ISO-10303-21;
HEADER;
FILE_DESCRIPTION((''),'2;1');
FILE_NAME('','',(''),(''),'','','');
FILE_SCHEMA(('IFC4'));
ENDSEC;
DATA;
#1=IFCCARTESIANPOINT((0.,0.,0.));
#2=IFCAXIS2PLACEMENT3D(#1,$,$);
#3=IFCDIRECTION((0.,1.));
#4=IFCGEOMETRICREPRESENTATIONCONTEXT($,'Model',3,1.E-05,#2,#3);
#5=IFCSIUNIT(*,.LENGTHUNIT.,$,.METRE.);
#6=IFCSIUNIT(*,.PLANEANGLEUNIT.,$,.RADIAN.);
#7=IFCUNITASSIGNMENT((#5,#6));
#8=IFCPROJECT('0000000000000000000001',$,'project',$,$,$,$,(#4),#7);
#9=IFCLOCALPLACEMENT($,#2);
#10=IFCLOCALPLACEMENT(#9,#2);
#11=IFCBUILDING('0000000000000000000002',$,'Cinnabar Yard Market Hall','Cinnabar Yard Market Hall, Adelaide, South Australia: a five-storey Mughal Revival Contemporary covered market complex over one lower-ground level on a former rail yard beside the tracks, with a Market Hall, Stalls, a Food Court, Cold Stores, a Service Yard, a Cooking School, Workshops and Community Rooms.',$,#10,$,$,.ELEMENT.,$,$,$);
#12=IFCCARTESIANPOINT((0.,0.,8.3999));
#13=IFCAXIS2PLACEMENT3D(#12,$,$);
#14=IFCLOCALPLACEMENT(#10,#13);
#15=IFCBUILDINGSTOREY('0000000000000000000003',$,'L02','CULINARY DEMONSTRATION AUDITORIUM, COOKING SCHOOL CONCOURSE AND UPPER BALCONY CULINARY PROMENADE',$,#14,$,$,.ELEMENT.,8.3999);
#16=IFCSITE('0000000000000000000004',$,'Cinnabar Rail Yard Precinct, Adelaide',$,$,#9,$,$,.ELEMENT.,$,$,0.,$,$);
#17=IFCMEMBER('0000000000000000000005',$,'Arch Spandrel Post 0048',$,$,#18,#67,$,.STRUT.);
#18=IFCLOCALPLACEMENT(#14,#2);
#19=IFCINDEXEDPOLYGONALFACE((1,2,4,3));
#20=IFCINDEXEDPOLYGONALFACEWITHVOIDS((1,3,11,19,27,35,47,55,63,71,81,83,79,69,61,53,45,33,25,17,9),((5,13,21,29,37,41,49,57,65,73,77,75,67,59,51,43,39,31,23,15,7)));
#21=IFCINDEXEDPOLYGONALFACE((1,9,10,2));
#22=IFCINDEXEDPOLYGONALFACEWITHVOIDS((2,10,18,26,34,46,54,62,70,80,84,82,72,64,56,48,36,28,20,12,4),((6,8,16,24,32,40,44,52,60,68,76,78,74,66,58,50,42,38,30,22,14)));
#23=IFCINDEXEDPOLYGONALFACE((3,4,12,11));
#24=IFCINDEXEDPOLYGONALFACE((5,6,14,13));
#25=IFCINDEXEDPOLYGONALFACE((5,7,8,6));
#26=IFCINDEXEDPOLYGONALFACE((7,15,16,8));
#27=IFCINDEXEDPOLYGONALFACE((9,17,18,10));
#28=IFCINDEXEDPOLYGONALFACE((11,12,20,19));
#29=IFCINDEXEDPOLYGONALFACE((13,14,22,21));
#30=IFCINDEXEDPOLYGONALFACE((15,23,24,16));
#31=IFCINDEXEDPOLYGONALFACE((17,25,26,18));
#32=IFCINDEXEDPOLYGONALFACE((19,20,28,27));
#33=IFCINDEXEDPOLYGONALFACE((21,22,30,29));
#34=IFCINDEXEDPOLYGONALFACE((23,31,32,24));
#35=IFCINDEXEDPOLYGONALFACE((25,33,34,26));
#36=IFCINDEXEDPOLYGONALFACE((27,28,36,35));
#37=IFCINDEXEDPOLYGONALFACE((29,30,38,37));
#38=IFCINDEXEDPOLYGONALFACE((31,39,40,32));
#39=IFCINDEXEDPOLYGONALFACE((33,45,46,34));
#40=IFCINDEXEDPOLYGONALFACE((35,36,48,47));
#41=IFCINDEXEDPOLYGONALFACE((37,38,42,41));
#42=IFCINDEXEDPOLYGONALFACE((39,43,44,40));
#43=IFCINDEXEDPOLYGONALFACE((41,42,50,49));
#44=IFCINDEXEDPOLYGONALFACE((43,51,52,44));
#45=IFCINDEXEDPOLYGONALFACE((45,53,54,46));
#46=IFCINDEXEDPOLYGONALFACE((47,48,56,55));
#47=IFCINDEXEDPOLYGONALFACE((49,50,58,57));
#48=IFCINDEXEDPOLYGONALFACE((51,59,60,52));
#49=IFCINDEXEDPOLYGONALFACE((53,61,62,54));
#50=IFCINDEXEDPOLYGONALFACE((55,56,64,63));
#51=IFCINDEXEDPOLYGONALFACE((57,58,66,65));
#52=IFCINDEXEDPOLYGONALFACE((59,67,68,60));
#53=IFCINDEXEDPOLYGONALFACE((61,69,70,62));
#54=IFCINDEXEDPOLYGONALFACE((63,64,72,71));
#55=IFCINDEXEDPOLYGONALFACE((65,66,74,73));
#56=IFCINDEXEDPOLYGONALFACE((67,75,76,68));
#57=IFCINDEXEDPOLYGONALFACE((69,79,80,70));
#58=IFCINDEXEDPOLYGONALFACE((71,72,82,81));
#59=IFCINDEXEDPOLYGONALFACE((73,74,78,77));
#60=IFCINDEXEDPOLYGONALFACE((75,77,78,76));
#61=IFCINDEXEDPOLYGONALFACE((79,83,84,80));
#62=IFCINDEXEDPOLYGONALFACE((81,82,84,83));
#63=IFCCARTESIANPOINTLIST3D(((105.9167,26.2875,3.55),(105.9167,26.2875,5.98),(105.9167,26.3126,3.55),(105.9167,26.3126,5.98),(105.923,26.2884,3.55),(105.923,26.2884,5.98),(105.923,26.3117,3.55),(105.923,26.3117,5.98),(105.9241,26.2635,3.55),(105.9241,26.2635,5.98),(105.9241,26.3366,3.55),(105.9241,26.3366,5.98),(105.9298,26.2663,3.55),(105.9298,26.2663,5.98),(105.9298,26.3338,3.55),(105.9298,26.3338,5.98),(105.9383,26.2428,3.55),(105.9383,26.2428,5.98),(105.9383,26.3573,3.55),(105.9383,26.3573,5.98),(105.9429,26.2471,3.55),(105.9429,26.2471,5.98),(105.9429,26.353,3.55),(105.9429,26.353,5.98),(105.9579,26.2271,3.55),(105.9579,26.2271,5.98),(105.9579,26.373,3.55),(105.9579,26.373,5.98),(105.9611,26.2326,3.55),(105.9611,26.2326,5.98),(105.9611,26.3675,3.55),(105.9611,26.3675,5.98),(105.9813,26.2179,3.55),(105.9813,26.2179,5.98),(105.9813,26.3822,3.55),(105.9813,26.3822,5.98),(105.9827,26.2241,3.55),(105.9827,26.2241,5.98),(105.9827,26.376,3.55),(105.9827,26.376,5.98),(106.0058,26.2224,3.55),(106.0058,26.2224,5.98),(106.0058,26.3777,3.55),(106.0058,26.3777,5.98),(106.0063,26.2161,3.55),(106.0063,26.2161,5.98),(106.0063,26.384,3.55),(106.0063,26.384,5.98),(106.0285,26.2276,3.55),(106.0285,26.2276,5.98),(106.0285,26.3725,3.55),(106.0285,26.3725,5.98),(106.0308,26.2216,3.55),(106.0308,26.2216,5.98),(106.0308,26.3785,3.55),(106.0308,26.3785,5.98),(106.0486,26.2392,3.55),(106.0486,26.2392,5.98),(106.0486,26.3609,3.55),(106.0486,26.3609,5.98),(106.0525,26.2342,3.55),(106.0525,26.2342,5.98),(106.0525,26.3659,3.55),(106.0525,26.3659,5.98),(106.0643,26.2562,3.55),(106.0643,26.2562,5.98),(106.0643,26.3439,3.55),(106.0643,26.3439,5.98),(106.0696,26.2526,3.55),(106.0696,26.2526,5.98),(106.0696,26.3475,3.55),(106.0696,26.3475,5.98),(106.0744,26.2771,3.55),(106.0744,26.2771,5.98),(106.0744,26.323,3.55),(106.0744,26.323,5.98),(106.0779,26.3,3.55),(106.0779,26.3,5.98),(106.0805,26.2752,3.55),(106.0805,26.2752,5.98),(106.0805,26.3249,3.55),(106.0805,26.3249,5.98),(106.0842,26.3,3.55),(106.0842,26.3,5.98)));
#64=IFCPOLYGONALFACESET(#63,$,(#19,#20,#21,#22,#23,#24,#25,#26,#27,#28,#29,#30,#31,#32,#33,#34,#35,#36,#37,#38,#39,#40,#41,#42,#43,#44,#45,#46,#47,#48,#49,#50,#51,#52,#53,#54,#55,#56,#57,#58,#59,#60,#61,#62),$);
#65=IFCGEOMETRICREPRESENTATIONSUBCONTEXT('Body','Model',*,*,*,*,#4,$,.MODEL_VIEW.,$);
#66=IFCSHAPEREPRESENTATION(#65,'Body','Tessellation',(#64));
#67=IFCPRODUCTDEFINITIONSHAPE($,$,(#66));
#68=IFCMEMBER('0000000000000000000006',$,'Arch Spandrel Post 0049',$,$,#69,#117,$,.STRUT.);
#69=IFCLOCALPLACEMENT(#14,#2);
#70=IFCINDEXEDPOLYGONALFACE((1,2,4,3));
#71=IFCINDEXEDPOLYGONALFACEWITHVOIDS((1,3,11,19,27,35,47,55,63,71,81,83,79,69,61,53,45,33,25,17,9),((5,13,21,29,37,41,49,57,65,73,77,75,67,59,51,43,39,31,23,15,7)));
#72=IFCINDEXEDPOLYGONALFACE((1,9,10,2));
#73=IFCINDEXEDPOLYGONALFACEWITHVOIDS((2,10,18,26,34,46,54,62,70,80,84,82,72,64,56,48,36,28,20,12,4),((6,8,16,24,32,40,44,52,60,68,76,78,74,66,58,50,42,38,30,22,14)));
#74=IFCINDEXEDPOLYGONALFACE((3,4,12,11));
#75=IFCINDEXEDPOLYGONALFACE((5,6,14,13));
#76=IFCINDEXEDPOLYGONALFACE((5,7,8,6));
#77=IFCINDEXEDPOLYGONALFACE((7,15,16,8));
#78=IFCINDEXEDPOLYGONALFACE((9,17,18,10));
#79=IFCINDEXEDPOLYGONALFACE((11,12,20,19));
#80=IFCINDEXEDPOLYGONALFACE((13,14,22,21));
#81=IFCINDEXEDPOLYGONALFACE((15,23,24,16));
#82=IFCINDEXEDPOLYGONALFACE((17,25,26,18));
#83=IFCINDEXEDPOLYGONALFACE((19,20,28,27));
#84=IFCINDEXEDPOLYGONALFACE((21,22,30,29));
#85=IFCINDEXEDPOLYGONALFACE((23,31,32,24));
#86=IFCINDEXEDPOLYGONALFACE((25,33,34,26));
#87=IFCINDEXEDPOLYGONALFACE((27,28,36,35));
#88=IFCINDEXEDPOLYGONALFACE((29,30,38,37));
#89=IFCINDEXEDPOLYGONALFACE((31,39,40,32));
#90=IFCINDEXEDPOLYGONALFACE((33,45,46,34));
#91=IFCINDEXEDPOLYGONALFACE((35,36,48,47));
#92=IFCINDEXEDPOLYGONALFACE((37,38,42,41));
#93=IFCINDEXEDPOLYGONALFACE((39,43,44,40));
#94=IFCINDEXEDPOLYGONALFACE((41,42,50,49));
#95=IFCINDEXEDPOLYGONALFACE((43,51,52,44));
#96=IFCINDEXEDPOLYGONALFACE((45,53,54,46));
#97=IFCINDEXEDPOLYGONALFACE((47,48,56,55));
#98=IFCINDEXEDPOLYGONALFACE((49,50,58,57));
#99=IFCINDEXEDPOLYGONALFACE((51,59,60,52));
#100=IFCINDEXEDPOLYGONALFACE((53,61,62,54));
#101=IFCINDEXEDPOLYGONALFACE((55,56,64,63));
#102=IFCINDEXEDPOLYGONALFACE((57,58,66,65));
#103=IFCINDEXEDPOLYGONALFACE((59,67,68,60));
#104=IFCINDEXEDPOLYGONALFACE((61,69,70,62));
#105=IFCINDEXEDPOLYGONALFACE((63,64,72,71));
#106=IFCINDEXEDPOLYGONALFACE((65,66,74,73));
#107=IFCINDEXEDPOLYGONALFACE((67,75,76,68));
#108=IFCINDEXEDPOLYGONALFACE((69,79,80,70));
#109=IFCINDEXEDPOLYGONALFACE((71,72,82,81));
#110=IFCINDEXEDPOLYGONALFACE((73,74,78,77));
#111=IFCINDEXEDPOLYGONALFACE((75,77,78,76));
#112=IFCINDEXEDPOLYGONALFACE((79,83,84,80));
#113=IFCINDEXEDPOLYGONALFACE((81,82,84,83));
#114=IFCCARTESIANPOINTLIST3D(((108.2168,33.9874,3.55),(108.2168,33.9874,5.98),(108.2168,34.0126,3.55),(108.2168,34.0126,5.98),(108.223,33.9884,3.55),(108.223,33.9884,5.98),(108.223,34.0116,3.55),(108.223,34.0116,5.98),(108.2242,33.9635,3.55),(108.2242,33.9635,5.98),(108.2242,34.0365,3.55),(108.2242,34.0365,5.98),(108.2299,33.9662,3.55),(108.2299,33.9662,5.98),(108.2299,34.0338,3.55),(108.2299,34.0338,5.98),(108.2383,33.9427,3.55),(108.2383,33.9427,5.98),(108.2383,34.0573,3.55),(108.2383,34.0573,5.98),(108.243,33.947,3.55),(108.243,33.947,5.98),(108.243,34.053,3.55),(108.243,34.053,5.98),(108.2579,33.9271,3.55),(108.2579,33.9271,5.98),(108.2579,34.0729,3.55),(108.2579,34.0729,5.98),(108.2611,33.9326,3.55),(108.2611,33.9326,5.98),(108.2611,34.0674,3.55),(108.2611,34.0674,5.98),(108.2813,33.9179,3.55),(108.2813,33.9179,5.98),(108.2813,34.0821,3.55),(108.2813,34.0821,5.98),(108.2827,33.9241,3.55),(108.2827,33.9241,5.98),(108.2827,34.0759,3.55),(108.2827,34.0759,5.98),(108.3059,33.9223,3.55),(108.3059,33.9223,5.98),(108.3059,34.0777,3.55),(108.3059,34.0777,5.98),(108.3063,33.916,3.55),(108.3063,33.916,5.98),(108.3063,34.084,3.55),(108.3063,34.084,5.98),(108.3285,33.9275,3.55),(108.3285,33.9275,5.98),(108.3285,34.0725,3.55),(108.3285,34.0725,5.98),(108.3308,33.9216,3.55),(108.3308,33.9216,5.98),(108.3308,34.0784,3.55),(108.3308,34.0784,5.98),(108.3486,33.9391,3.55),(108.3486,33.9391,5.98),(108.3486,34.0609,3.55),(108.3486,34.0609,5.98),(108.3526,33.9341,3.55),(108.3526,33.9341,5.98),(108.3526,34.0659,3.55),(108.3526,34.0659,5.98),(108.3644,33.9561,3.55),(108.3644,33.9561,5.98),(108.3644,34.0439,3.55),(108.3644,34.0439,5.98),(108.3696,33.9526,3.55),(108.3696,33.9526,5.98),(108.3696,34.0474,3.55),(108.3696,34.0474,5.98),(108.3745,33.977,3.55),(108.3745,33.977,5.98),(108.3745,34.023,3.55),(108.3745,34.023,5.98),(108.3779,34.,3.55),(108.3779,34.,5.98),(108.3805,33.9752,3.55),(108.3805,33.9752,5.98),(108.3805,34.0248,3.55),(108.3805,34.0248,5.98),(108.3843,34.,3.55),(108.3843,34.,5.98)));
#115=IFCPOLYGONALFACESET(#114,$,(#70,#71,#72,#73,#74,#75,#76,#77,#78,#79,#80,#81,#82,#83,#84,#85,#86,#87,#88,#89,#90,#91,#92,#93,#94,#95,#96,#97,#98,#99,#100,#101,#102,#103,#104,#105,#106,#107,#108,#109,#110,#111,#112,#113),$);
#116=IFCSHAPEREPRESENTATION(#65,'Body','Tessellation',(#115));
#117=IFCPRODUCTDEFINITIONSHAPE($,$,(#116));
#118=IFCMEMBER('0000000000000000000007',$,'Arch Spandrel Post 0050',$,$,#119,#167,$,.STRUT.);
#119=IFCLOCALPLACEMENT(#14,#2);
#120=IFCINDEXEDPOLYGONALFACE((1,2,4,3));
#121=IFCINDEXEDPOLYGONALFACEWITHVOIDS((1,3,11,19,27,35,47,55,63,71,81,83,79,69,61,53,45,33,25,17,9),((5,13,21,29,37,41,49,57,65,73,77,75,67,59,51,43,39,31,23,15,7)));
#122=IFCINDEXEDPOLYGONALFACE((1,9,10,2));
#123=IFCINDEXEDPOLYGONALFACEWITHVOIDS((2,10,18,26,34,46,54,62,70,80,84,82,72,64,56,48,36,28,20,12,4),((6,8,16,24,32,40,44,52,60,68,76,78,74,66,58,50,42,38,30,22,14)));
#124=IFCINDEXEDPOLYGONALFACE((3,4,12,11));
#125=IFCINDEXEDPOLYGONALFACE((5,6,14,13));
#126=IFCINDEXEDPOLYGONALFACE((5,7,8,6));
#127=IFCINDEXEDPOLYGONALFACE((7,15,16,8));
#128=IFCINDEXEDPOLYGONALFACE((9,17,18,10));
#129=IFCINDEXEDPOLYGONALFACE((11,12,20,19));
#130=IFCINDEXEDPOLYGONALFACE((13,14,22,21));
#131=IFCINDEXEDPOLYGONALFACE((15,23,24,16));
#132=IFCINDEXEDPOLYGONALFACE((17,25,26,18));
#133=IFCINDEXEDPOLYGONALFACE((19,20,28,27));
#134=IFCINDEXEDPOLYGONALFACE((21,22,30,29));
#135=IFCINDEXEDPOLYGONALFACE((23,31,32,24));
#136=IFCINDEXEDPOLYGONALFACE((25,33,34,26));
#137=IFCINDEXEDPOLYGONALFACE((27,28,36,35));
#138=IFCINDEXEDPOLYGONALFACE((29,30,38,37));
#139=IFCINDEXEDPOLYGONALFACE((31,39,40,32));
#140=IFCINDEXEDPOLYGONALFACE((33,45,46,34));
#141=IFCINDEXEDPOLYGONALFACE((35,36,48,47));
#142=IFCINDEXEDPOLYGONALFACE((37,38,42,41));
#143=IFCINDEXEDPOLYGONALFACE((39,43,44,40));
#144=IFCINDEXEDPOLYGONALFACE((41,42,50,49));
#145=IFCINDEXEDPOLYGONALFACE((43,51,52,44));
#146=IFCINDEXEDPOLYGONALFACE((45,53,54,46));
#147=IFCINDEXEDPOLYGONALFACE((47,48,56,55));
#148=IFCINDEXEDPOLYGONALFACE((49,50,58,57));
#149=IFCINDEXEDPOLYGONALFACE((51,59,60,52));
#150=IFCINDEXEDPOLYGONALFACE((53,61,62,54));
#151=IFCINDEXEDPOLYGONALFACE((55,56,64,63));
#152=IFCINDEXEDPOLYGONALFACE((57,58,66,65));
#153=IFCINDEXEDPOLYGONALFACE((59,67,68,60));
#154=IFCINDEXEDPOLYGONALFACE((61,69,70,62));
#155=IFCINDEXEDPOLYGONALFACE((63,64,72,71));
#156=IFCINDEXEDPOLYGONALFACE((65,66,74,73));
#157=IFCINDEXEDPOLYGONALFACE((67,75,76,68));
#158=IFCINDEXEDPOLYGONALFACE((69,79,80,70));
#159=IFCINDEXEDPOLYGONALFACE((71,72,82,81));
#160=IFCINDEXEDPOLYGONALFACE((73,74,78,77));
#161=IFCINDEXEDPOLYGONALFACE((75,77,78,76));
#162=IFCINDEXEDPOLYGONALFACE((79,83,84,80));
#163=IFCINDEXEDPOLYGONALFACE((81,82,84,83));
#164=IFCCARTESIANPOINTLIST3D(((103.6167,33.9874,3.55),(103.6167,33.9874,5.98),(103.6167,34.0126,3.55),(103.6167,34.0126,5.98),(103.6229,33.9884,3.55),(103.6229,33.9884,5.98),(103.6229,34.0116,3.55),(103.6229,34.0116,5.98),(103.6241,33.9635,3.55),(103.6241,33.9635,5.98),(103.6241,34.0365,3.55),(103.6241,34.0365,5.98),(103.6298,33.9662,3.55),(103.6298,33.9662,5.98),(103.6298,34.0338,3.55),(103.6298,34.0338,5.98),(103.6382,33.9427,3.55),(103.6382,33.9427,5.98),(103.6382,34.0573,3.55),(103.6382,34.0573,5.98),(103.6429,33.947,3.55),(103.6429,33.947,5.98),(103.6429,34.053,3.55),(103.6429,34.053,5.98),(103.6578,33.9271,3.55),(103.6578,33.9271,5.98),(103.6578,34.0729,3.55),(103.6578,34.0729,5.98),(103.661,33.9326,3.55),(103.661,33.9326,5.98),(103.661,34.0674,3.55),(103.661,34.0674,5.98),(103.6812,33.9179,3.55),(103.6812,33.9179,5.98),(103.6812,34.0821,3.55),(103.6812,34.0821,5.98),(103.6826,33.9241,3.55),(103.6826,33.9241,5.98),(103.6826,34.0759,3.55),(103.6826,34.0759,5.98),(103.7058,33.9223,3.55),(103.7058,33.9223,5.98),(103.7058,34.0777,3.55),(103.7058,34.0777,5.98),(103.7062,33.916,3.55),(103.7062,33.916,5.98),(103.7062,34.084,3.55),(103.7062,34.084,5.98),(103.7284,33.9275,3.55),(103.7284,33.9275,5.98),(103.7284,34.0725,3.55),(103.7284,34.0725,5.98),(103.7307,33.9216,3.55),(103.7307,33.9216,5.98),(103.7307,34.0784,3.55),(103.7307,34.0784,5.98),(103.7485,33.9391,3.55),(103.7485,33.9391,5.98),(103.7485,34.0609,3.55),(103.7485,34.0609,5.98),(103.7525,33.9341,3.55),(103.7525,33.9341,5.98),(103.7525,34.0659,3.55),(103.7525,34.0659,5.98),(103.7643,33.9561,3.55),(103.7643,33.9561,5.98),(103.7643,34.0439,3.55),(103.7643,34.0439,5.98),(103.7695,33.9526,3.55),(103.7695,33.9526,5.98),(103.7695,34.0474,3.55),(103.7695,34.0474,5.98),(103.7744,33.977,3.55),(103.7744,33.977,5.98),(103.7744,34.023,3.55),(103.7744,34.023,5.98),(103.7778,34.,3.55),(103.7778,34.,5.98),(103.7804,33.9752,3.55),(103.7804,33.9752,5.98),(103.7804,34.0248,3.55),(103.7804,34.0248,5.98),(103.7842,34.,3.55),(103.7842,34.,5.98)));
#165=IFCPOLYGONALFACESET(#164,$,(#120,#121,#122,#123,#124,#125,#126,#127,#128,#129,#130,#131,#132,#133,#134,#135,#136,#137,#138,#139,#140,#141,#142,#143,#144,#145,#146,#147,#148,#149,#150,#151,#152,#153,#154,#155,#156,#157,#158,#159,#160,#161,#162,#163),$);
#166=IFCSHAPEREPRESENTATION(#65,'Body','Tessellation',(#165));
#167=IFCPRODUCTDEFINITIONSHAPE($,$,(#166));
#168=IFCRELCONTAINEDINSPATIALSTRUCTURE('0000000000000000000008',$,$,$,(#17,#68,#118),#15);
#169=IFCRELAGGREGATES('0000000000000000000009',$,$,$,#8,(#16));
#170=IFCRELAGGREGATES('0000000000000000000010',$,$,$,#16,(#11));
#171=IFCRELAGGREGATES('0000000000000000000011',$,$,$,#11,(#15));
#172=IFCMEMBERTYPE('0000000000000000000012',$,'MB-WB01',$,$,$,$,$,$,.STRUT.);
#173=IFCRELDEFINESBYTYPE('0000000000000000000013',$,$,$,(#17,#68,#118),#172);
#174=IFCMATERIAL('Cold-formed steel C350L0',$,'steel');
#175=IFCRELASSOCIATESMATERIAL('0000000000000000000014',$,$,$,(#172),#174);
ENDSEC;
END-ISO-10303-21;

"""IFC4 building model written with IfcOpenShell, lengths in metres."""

from ifc_helpers import new_model, si_unit, direction, frame, origin, origin_2d_with_axis, place, context, subcontext, project, spatial, hollow_circle, extrude, material, material_profile, profile_set, type_object, element, save


model = new_model("IFC4")

# Units and contexts
model_context = context("Model", 3, precision=1e-05, world=origin(), true_north=direction((0.0, 1.0)))
body_context = subcontext(model_context, "Body", "Model", "MODEL_VIEW")
ifc_project = project(units=[si_unit("LENGTHUNIT", "METRE"), si_unit("PLANEANGLEUNIT", "RADIAN")], contexts=[model_context])

# Site, building, storey
site_placement = place(None, origin())
site = spatial("IfcSite", under=ifc_project, at=site_placement, Name="Cinnabar Rail Yard Precinct, Adelaide", CompositionType="ELEMENT", RefElevation=0.0)
building_placement = place(site_placement, origin())
building = spatial("IfcBuilding", under=site, at=building_placement, Name="Cinnabar Yard Market Hall", Description="Cinnabar Yard Market Hall, Adelaide, South Australia: a five-storey Mughal Revival Contemporary covered market complex over one lower-ground level on a former rail yard beside the tracks, with a Market Hall, Stalls, a Food Court, Cold Stores, a Service Yard, a Cooking School, Workshops and Community Rooms.", CompositionType="ELEMENT")
storey_placement = place(building_placement, frame((0.0, 0.0, 8.3999)))
storey = spatial("IfcBuildingStorey", under=building, at=storey_placement, Name="L02", Description="CULINARY DEMONSTRATION AUDITORIUM, COOKING SCHOOL CONCOURSE AND UPPER BALCONY CULINARY PROMENADE", CompositionType="ELEMENT", Elevation=8.3999)

# Members
ifc_material_1 = material(Name="Cold-formed steel C350L0", Category="steel")
ifc_material_profile_1 = material_profile(ifc_material_1, hollow_circle(Radius=0.0842, WallThickness=0.0063, at=origin_2d_with_axis()), Name="168.3x6.4CHS")
ifc_profile_set_1 = profile_set([ifc_material_profile_1], Name="Cold-formed steel C350L0")
member_type_1 = type_object("IfcMemberType", Name="MB-WB01", PredefinedType="STRUT", material=ifc_profile_set_1)
for number, where, z_axis, x_axis, name in (
    (1, (106.0, 26.3, 3.55), (0.0, 0.0, 1.0), (1.0, 0.0, 0.0), "Arch Spandrel Post 0048"),
    (2, (108.3, 34.0, 3.55), (0.0, 0.0, 1.0), (1.0, 0.0, 0.0), "Arch Spandrel Post 0049"),
    (3, (103.7, 34.0, 3.55), (0.0, 0.0, 1.0), (1.0, 0.0, 0.0), "Arch Spandrel Post 0050"),
):
    element("IfcMember", number, at=place(storey_placement, frame(where, z_axis=z_axis, x_axis=x_axis)), inside=storey, type_object=member_type_1, Name=name, PredefinedType="STRUT", context=body_context, shape_type="SweptSolid", body=[
        extrude(hollow_circle(Radius=0.0842, WallThickness=0.0063, at=origin_2d_with_axis()), origin(), (0.0, 0.0, 1.0), 2.4299),
    ])

save(model, "model.ifc")
